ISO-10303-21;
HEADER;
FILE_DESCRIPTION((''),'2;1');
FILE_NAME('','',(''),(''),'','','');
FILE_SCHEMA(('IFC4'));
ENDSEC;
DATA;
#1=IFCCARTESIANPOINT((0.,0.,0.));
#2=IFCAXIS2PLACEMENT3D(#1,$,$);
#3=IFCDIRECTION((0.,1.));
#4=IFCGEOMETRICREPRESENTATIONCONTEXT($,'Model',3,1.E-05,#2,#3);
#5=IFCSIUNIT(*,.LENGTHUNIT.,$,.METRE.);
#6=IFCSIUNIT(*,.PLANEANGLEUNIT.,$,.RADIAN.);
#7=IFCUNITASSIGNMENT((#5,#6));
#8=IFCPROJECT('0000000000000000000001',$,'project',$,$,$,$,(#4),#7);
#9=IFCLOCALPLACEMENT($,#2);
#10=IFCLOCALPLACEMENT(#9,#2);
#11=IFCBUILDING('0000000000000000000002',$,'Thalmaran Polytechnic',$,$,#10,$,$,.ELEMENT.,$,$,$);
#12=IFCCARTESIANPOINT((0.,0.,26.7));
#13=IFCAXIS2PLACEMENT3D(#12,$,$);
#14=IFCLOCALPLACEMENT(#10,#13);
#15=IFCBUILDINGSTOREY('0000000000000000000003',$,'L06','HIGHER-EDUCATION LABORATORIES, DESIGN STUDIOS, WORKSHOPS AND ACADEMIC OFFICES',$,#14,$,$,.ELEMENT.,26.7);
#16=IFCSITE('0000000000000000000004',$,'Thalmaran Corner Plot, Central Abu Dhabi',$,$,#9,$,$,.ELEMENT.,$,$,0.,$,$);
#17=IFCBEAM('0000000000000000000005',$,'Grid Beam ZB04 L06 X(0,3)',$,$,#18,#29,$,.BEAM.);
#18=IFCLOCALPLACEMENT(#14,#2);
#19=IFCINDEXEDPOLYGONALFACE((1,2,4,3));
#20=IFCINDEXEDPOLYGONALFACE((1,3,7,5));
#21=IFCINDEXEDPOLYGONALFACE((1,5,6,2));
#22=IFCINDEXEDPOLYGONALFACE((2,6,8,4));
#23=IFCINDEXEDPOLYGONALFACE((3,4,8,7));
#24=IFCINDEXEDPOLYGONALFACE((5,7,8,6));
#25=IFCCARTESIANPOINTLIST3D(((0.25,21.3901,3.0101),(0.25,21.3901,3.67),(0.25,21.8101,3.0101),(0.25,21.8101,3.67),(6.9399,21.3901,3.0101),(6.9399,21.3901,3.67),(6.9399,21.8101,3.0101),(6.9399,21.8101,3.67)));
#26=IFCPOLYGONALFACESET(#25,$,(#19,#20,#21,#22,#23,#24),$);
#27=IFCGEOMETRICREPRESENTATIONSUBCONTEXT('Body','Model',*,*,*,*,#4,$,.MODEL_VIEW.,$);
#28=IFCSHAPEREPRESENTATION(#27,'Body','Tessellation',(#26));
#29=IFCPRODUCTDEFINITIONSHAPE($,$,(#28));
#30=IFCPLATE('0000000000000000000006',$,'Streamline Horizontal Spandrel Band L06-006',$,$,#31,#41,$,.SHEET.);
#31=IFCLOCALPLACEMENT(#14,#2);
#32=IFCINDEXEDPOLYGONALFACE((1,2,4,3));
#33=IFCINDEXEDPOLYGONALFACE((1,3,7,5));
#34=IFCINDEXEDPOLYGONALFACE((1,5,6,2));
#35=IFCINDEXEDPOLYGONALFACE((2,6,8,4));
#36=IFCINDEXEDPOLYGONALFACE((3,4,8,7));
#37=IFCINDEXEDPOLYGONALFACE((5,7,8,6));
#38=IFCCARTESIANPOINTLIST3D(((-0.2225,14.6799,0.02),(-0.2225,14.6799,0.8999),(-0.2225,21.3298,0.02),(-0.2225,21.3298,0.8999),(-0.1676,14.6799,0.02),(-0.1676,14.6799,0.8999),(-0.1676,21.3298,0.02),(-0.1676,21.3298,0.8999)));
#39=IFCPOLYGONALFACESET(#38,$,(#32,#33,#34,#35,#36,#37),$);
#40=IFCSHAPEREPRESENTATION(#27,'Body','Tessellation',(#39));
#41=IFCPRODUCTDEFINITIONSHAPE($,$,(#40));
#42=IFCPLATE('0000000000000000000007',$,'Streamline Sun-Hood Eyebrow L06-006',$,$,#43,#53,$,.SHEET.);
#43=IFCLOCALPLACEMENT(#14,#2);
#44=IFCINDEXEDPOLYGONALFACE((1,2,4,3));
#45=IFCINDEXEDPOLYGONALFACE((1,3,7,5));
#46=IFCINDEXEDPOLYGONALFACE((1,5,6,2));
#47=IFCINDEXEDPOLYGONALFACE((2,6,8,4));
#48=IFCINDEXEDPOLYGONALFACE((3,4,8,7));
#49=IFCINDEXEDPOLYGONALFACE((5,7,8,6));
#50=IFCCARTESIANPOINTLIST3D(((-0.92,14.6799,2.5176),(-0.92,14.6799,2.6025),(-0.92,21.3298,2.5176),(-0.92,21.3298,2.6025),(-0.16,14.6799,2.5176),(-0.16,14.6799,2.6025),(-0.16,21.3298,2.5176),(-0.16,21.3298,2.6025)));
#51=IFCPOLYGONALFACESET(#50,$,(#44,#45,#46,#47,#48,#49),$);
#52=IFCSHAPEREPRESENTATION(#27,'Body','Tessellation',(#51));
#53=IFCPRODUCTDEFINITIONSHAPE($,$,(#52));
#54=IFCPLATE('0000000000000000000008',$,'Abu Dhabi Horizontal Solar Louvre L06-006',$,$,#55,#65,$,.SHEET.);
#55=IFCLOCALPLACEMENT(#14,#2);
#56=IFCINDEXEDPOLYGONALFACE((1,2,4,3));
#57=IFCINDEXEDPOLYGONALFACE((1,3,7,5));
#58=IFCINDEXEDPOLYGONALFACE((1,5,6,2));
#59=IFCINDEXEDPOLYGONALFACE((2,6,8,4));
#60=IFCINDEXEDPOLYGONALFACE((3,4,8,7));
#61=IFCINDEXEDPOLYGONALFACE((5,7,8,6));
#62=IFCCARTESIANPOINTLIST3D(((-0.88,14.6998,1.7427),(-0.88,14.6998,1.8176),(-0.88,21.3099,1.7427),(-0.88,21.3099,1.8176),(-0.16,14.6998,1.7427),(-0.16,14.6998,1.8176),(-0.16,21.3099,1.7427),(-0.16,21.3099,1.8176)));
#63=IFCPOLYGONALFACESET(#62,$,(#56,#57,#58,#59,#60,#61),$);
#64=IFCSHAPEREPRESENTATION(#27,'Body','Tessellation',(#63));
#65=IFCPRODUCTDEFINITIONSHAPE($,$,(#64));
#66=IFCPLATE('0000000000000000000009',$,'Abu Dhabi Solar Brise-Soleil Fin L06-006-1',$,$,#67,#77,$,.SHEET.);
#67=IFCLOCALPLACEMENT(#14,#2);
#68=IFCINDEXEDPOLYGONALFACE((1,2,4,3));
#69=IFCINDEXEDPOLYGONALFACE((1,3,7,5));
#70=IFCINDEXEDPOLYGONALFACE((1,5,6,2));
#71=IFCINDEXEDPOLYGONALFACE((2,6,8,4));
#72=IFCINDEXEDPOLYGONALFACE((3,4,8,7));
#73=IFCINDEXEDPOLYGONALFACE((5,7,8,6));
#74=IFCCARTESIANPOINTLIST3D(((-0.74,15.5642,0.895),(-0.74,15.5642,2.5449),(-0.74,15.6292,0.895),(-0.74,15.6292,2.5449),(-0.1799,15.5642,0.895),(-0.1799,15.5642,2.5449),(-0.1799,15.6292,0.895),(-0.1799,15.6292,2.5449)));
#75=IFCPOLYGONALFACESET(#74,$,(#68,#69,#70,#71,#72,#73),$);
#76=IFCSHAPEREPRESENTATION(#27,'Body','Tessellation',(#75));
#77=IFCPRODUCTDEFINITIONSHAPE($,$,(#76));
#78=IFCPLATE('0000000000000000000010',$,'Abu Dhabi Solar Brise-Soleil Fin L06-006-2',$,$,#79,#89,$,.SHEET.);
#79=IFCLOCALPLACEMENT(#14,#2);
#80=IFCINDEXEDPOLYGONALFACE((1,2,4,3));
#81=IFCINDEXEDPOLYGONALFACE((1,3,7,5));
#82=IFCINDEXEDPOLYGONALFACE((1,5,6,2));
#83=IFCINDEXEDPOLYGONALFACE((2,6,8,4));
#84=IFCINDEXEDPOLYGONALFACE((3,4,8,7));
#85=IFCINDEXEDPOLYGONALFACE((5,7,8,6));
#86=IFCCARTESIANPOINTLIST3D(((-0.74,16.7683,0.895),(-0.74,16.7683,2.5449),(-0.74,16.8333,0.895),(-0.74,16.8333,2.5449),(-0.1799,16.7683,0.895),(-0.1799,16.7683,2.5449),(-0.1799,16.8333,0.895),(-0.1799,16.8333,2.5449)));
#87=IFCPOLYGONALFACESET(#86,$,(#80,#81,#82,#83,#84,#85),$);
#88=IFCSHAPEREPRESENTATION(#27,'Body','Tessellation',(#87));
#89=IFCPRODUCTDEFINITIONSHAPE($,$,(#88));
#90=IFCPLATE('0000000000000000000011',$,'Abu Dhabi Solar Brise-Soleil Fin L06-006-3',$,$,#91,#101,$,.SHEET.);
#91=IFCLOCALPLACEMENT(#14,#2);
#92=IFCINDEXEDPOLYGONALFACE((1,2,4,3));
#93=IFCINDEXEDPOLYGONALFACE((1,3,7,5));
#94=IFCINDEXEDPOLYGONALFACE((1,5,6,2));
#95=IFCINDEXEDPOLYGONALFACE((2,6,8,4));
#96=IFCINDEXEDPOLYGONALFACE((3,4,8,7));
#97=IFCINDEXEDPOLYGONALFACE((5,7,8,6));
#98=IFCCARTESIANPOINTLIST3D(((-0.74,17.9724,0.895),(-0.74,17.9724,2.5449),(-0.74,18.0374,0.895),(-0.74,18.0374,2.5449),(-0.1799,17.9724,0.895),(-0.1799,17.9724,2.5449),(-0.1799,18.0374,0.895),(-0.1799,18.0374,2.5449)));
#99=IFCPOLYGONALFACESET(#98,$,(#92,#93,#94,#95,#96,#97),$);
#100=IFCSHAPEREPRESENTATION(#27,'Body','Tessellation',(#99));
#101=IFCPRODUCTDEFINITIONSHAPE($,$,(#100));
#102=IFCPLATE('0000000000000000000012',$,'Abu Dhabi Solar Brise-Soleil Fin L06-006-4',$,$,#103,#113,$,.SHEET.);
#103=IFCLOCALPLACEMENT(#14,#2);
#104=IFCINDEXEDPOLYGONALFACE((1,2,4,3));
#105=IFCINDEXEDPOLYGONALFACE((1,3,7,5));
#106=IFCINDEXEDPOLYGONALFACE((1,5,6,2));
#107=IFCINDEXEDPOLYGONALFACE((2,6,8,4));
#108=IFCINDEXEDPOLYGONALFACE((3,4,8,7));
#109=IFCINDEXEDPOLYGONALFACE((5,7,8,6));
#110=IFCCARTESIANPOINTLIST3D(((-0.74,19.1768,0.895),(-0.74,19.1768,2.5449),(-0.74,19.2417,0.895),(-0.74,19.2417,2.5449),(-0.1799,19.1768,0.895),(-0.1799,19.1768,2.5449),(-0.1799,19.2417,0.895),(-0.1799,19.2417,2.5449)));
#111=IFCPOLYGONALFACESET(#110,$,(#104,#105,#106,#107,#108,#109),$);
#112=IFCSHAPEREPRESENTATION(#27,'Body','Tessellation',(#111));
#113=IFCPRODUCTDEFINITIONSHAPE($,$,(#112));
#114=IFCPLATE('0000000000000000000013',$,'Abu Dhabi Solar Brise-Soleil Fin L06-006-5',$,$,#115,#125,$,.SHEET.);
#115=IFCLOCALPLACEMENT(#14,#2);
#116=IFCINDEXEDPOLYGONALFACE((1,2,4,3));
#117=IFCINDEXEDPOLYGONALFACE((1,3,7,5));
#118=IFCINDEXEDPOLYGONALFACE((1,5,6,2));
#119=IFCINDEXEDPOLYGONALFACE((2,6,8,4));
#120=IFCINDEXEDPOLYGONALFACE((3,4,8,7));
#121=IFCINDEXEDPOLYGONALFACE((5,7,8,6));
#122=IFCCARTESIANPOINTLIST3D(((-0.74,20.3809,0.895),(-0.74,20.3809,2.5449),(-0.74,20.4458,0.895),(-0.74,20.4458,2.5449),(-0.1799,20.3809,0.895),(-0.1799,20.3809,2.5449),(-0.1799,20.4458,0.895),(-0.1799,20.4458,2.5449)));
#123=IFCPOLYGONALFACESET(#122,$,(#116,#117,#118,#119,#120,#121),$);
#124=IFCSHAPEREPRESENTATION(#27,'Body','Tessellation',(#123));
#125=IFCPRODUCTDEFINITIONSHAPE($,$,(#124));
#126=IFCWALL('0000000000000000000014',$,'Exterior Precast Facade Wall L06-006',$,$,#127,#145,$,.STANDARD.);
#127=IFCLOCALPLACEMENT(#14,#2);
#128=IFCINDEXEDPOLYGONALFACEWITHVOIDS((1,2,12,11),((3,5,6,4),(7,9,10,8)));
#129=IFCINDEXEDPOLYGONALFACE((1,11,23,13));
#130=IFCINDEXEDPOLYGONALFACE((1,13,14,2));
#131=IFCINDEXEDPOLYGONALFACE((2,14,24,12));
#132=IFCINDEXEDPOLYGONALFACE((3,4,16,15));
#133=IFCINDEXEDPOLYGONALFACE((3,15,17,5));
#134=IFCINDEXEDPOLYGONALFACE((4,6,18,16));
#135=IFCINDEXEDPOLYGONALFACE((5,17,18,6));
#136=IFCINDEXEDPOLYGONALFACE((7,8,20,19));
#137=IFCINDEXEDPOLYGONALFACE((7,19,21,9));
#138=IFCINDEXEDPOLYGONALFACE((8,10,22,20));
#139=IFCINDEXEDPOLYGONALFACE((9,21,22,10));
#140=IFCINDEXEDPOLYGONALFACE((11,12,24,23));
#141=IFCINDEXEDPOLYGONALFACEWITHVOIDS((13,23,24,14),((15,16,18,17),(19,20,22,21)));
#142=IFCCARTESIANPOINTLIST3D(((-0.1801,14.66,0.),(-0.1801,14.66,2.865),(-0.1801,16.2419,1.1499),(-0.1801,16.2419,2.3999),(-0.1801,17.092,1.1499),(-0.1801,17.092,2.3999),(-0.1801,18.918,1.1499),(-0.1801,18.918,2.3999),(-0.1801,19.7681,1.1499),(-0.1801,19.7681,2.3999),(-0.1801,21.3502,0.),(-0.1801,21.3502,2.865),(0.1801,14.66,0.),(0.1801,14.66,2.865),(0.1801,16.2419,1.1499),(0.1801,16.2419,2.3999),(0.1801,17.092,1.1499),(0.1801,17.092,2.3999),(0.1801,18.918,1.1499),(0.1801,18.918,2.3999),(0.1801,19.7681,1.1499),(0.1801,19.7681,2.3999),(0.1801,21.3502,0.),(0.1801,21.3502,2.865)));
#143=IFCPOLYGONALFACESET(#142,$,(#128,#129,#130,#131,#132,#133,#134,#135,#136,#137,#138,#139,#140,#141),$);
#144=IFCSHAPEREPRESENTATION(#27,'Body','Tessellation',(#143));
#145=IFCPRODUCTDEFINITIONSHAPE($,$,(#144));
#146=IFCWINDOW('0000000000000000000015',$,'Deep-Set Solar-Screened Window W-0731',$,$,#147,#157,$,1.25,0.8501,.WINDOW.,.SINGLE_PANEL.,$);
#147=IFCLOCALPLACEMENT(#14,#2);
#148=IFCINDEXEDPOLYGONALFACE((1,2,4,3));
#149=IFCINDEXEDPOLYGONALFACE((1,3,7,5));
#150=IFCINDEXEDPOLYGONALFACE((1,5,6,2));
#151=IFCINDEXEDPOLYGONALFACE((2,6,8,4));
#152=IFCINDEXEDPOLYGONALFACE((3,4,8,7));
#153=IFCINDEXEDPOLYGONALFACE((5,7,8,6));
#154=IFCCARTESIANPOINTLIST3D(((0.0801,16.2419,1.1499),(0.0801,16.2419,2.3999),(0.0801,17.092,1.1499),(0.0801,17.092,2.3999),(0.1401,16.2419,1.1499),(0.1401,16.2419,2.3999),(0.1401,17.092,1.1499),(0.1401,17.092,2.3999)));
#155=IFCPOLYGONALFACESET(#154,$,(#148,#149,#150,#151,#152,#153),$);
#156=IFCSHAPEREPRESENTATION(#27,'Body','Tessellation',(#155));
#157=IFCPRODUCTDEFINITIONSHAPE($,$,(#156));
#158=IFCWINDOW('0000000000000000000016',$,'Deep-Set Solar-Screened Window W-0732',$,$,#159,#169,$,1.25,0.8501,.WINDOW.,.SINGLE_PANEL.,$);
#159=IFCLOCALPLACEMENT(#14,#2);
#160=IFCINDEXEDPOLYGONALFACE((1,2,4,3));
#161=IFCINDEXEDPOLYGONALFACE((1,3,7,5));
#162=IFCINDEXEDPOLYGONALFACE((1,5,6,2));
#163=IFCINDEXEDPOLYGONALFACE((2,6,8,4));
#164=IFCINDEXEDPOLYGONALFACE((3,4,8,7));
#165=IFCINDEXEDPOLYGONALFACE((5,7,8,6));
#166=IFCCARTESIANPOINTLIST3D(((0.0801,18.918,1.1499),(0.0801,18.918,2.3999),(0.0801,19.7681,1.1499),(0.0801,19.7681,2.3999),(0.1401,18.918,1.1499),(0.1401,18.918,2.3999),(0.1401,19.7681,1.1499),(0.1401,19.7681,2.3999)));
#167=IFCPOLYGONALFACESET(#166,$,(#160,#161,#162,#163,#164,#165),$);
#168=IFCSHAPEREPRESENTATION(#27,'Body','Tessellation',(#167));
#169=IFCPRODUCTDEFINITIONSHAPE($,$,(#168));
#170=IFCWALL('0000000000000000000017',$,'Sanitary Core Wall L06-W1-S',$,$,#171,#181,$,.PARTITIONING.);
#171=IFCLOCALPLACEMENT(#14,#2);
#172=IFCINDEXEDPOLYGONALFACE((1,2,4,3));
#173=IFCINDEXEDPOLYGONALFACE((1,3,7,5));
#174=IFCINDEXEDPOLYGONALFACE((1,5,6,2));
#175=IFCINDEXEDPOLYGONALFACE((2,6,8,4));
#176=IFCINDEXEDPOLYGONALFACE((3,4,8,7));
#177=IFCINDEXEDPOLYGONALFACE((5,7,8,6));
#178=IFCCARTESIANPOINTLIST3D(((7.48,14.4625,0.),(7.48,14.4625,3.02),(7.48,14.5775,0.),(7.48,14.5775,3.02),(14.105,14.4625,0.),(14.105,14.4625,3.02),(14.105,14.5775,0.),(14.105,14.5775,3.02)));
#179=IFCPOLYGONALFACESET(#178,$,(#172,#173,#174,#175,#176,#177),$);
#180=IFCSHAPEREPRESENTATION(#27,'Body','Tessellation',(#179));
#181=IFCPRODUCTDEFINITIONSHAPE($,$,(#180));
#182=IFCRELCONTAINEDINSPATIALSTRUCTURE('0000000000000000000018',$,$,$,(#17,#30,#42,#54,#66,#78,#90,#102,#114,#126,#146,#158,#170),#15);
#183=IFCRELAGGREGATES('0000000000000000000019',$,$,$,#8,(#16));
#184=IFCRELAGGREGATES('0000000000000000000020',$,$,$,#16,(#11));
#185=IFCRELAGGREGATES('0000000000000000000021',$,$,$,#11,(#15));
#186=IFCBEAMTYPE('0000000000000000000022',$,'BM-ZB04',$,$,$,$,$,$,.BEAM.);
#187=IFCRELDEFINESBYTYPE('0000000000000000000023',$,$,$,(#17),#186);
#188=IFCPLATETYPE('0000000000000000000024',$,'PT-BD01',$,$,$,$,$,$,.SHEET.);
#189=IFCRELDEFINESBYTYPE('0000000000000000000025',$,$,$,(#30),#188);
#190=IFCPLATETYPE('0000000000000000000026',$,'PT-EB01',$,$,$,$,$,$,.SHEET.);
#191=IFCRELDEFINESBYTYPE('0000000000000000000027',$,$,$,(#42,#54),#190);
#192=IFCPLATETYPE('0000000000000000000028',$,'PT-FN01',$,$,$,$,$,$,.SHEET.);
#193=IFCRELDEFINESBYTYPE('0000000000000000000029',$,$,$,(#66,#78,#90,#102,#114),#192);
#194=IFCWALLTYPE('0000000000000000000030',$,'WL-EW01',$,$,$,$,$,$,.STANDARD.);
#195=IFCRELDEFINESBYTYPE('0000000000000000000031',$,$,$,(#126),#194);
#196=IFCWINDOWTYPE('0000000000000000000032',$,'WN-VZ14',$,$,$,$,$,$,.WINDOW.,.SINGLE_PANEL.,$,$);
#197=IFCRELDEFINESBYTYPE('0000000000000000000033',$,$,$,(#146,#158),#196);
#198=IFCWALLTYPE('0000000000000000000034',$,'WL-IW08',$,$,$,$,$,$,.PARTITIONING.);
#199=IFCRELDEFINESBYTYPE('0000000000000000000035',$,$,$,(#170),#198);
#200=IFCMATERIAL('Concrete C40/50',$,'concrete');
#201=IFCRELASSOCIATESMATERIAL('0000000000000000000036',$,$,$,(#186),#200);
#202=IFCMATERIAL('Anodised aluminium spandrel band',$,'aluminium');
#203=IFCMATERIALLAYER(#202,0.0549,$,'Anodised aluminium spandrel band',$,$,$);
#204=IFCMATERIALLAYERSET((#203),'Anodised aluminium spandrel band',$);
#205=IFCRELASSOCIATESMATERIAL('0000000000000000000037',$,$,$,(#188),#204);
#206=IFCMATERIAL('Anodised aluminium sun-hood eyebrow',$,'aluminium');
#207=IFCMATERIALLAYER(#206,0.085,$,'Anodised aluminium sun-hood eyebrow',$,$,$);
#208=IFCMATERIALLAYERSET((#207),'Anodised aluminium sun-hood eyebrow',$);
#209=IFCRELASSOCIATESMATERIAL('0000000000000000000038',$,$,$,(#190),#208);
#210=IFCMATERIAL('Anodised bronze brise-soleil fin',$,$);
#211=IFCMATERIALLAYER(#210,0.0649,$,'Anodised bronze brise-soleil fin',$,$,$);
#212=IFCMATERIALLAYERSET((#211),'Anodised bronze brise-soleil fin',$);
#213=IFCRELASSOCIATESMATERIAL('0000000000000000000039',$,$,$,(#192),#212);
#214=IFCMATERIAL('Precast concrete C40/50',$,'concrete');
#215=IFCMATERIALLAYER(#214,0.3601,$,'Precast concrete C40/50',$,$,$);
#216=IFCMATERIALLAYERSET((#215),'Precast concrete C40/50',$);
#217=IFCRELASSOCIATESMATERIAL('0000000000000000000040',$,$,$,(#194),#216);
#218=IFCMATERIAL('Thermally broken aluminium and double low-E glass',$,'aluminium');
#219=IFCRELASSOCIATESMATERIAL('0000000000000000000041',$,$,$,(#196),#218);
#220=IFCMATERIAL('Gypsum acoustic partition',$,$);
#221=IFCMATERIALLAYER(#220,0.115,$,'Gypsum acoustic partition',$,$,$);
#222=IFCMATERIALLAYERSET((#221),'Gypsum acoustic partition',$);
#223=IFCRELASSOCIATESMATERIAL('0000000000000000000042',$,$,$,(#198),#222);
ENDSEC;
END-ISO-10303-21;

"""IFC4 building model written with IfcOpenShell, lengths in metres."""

from ifc_helpers import new_model, si_unit, direction, frame, frame_2d, origin, origin_2d, place, context, subcontext, project, spatial, rectangle, extrude, material, layer, layer_set, material_profile, profile_set, type_object, element, fill, save


model = new_model("IFC4")

# Units and contexts
model_context = context("Model", 3, precision=1e-05, world=origin(), true_north=direction((0.0, 1.0)))
body_context = subcontext(model_context, "Body", "Model", "MODEL_VIEW")
ifc_project = project(units=[si_unit("LENGTHUNIT", "METRE"), si_unit("PLANEANGLEUNIT", "RADIAN")], contexts=[model_context])

# Site, building, storey
site_placement = place(None, origin())
site = spatial("IfcSite", under=ifc_project, at=site_placement, Name="Thalmaran Corner Plot, Central Abu Dhabi", CompositionType="ELEMENT", RefElevation=0.0)
building_placement = place(site_placement, origin())
building = spatial("IfcBuilding", under=site, at=building_placement, Name="Thalmaran Polytechnic", CompositionType="ELEMENT")
storey_placement = place(building_placement, frame((0.0, 0.0, 26.7)))
storey = spatial("IfcBuildingStorey", under=building, at=storey_placement, Name="L06", Description="HIGHER-EDUCATION LABORATORIES, DESIGN STUDIOS, WORKSHOPS AND ACADEMIC OFFICES", CompositionType="ELEMENT", Elevation=26.7)

# Shared definitions
ifc_material_1 = material(Name="Concrete C40/50", Category="concrete")

# Beam
ifc_material_profile_1 = material_profile(ifc_material_1, rectangle(XDim=0.4199, YDim=0.6599, at=origin_2d()), Name="RC 420x660")
ifc_profile_set_1 = profile_set([ifc_material_profile_1], Name="Concrete C40/50")
beam_type_1 = type_object("IfcBeamType", Name="BM-ZB04", PredefinedType="BEAM", material=ifc_profile_set_1)
beam_1_placement = place(storey_placement, frame((0.25, 21.6001, 3.3401), z_axis=(1.0, 0.0, 0.0), x_axis=(0.0, 1.0, 0.0)))
element("IfcBeam", 1, at=beam_1_placement, inside=storey, type_object=beam_type_1, Name="Grid Beam ZB04 L06 X(0,3)", PredefinedType="BEAM", context=body_context, shape_type="SweptSolid", body=[
    extrude(rectangle(XDim=0.4199, YDim=0.6599, at=origin_2d()), origin(), (0.0, 0.0, 1.0), 6.6899),
])

# Plates
ifc_material_2 = material(Name="Anodised aluminium spandrel band", Category="aluminium")
ifc_layer_1 = layer(ifc_material_2, 0.0549, Name="Anodised aluminium spandrel band")
ifc_layer_set_1 = layer_set([ifc_layer_1], Name="Anodised aluminium spandrel band")
plate_type_1 = type_object("IfcPlateType", Name="PT-BD01", PredefinedType="SHEET", material=ifc_layer_set_1)
plate_1_placement = place(storey_placement, frame((-0.1951, 18.0049, 0.02), z_axis=(0.0, 0.0, 1.0), x_axis=(0.0, 1.0, 0.0)))
element("IfcPlate", 2, at=plate_1_placement, inside=storey, type_object=plate_type_1, Name="Streamline Horizontal Spandrel Band L06-006", PredefinedType="SHEET", context=body_context, shape_type="SweptSolid", body=[
    extrude(rectangle(XDim=6.6499, YDim=0.0549, at=origin_2d()), origin(), (0.0, 0.0, 1.0), 0.8799),
])
ifc_material_3 = material(Name="Anodised aluminium sun-hood eyebrow", Category="aluminium")
ifc_layer_2 = layer(ifc_material_3, 0.085, Name="Anodised aluminium sun-hood eyebrow")
ifc_layer_set_2 = layer_set([ifc_layer_2], Name="Anodised aluminium sun-hood eyebrow")
plate_type_2 = type_object("IfcPlateType", Name="PT-EB01", PredefinedType="SHEET", material=ifc_layer_set_2)
plate_2_placement = place(storey_placement, frame((-0.54, 18.0049, 2.5176), z_axis=(0.0, 0.0, 1.0), x_axis=(0.0, 1.0, 0.0)))
element("IfcPlate", 3, at=plate_2_placement, inside=storey, type_object=plate_type_2, Name="Streamline Sun-Hood Eyebrow L06-006", PredefinedType="SHEET", context=body_context, shape_type="SweptSolid", body=[
    extrude(rectangle(XDim=6.6499, YDim=0.76, at=origin_2d()), origin(), (0.0, 0.0, 1.0), 0.085),
])
plate_3_placement = place(storey_placement, frame((-0.52, 18.0049, 1.7427), z_axis=(0.0, 0.0, 1.0), x_axis=(0.0, 1.0, 0.0)))
element("IfcPlate", 4, at=plate_3_placement, inside=storey, type_object=plate_type_2, Name="Abu Dhabi Horizontal Solar Louvre L06-006", PredefinedType="SHEET", context=body_context, shape_type="SweptSolid", body=[
    extrude(rectangle(XDim=6.6101, YDim=0.72, at=origin_2d()), origin(), (0.0, 0.0, 1.0), 0.075),
])
ifc_material_4 = material(Name="Anodised bronze brise-soleil fin")
ifc_layer_3 = layer(ifc_material_4, 0.0649, Name="Anodised bronze brise-soleil fin")
ifc_layer_set_3 = layer_set([ifc_layer_3], Name="Anodised bronze brise-soleil fin")
plate_type_3 = type_object("IfcPlateType", Name="PT-FN01", PredefinedType="SHEET", material=ifc_layer_set_3)
for number, where, z_axis, x_axis, name in (
    (5, (-0.46, 15.5967, 0.895), (0.0, 0.0, 1.0), (0.0, 1.0, 0.0), "Abu Dhabi Solar Brise-Soleil Fin L06-006-1"),
    (6, (-0.46, 16.8008, 0.895), (0.0, 0.0, 1.0), (0.0, 1.0, 0.0), "Abu Dhabi Solar Brise-Soleil Fin L06-006-2"),
    (7, (-0.46, 18.0049, 0.895), (0.0, 0.0, 1.0), (0.0, 1.0, 0.0), "Abu Dhabi Solar Brise-Soleil Fin L06-006-3"),
    (8, (-0.46, 19.2092, 0.895), (0.0, 0.0, 1.0), (0.0, 1.0, 0.0), "Abu Dhabi Solar Brise-Soleil Fin L06-006-4"),
    (9, (-0.46, 20.4133, 0.895), (0.0, 0.0, 1.0), (0.0, 1.0, 0.0), "Abu Dhabi Solar Brise-Soleil Fin L06-006-5"),
):
    element("IfcPlate", number, at=place(storey_placement, frame(where, z_axis=z_axis, x_axis=x_axis)), inside=storey, type_object=plate_type_3, Name=name, PredefinedType="SHEET", context=body_context, shape_type="SweptSolid", body=[
        extrude(rectangle(XDim=0.0649, YDim=0.5601, at=origin_2d()), origin(), (0.0, 0.0, 1.0), 1.6499),
    ])

# Wall, openings, windows
ifc_material_5 = material(Name="Precast concrete C40/50", Category="concrete")
ifc_layer_4 = layer(ifc_material_5, 0.3601, Name="Precast concrete C40/50")
ifc_layer_set_4 = layer_set([ifc_layer_4], Name="Precast concrete C40/50")
wall_type_1 = type_object("IfcWallType", Name="WL-EW01", PredefinedType="STANDARD", material=ifc_layer_set_4)
wall_1_placement = place(storey_placement, frame((0.0, 14.6599, 0.0), z_axis=(0.0, 0.0, 1.0), x_axis=(0.0, 1.0, 0.0)))
wall_1 = element("IfcWall", 10, at=wall_1_placement, inside=storey, type_object=wall_type_1, Name="Exterior Precast Facade Wall L06-006", PredefinedType="STANDARD", context=body_context, shape_type="SweptSolid", body=[
    extrude(rectangle(XDim=6.6902, YDim=0.3601, at=frame_2d((3.3452, 0.0))), origin(), (0.0, 0.0, 1.0), 2.865),
])
opening_1_placement = place(wall_1_placement, frame((1.582, 0.0, 1.1499)))
opening_1 = element("IfcOpeningElement", 11, at=opening_1_placement, cuts=wall_1, PredefinedType="OPENING", context=body_context, shape_type="SweptSolid", body=[
    extrude(rectangle(XDim=0.8501, YDim=1.25, at=frame_2d((0.425, 0.625))), frame((0.0, 0.1899, 0.0), z_axis=(0.0, -1.0, 0.0), x_axis=(1.0, 0.0, 0.0)), (0.0, 0.0, 1.0), 0.3801),
])
opening_2_placement = place(wall_1_placement, frame((4.2581, 0.0, 1.1499)))
opening_2 = element("IfcOpeningElement", 12, at=opening_2_placement, cuts=wall_1, PredefinedType="OPENING", context=body_context, shape_type="SweptSolid", body=[
    extrude(rectangle(XDim=0.8501, YDim=1.25, at=frame_2d((0.425, 0.625))), frame((0.0, 0.1899, 0.0), z_axis=(0.0, -1.0, 0.0), x_axis=(1.0, 0.0, 0.0)), (0.0, 0.0, 1.0), 0.3801),
])
ifc_material_6 = material(Name="Thermally broken aluminium and double low-E glass", Category="aluminium")
window_type = type_object("IfcWindowType", Name="WN-VZ14", PartitioningType="SINGLE_PANEL", PredefinedType="WINDOW", material=ifc_material_6)
window_1_placement = place(opening_1_placement, origin())
window_1 = element("IfcWindow", 13, at=window_1_placement, inside=storey, type_object=window_type, Name="Deep-Set Solar-Screened Window W-0731", OverallHeight=1.25, OverallWidth=0.8501, PartitioningType="SINGLE_PANEL", PredefinedType="WINDOW", context=body_context, shape_type="SweptSolid", body=[
    extrude(rectangle(XDim=0.8501, YDim=1.25, at=frame_2d((0.425, 0.625))), frame((0.0, -0.0801, 0.0), z_axis=(0.0, -1.0, 0.0), x_axis=(1.0, 0.0, 0.0)), (0.0, 0.0, 1.0), 0.0601),
])
fill(opening_1, window_1)
window_2_placement = place(opening_2_placement, origin())
window_2 = element("IfcWindow", 14, at=window_2_placement, inside=storey, type_object=window_type, Name="Deep-Set Solar-Screened Window W-0732", OverallHeight=1.25, OverallWidth=0.8501, PartitioningType="SINGLE_PANEL", PredefinedType="WINDOW", context=body_context, shape_type="SweptSolid", body=[
    extrude(rectangle(XDim=0.8501, YDim=1.25, at=frame_2d((0.425, 0.625))), frame((0.0, -0.0801, 0.0), z_axis=(0.0, -1.0, 0.0), x_axis=(1.0, 0.0, 0.0)), (0.0, 0.0, 1.0), 0.0601),
])
fill(opening_2, window_2)

# Wall
ifc_material_7 = material(Name="Gypsum acoustic partition")
ifc_layer_5 = layer(ifc_material_7, 0.115, Name="Gypsum acoustic partition")
ifc_layer_set_5 = layer_set([ifc_layer_5], Name="Gypsum acoustic partition")
wall_type_2 = type_object("IfcWallType", Name="WL-IW08", PredefinedType="PARTITIONING", material=ifc_layer_set_5)
wall_2_placement = place(storey_placement, frame((7.48, 14.52, 0.0), z_axis=(0.0, 0.0, 1.0), x_axis=(1.0, 0.0, 0.0)))
element("IfcWall", 15, at=wall_2_placement, inside=storey, type_object=wall_type_2, Name="Sanitary Core Wall L06-W1-S", PredefinedType="PARTITIONING", context=body_context, shape_type="SweptSolid", body=[
    extrude(rectangle(XDim=6.625, YDim=0.115, at=frame_2d((3.3125, 0.0))), origin(), (0.0, 0.0, 1.0), 3.02),
])

save(model, "model.ifc")
